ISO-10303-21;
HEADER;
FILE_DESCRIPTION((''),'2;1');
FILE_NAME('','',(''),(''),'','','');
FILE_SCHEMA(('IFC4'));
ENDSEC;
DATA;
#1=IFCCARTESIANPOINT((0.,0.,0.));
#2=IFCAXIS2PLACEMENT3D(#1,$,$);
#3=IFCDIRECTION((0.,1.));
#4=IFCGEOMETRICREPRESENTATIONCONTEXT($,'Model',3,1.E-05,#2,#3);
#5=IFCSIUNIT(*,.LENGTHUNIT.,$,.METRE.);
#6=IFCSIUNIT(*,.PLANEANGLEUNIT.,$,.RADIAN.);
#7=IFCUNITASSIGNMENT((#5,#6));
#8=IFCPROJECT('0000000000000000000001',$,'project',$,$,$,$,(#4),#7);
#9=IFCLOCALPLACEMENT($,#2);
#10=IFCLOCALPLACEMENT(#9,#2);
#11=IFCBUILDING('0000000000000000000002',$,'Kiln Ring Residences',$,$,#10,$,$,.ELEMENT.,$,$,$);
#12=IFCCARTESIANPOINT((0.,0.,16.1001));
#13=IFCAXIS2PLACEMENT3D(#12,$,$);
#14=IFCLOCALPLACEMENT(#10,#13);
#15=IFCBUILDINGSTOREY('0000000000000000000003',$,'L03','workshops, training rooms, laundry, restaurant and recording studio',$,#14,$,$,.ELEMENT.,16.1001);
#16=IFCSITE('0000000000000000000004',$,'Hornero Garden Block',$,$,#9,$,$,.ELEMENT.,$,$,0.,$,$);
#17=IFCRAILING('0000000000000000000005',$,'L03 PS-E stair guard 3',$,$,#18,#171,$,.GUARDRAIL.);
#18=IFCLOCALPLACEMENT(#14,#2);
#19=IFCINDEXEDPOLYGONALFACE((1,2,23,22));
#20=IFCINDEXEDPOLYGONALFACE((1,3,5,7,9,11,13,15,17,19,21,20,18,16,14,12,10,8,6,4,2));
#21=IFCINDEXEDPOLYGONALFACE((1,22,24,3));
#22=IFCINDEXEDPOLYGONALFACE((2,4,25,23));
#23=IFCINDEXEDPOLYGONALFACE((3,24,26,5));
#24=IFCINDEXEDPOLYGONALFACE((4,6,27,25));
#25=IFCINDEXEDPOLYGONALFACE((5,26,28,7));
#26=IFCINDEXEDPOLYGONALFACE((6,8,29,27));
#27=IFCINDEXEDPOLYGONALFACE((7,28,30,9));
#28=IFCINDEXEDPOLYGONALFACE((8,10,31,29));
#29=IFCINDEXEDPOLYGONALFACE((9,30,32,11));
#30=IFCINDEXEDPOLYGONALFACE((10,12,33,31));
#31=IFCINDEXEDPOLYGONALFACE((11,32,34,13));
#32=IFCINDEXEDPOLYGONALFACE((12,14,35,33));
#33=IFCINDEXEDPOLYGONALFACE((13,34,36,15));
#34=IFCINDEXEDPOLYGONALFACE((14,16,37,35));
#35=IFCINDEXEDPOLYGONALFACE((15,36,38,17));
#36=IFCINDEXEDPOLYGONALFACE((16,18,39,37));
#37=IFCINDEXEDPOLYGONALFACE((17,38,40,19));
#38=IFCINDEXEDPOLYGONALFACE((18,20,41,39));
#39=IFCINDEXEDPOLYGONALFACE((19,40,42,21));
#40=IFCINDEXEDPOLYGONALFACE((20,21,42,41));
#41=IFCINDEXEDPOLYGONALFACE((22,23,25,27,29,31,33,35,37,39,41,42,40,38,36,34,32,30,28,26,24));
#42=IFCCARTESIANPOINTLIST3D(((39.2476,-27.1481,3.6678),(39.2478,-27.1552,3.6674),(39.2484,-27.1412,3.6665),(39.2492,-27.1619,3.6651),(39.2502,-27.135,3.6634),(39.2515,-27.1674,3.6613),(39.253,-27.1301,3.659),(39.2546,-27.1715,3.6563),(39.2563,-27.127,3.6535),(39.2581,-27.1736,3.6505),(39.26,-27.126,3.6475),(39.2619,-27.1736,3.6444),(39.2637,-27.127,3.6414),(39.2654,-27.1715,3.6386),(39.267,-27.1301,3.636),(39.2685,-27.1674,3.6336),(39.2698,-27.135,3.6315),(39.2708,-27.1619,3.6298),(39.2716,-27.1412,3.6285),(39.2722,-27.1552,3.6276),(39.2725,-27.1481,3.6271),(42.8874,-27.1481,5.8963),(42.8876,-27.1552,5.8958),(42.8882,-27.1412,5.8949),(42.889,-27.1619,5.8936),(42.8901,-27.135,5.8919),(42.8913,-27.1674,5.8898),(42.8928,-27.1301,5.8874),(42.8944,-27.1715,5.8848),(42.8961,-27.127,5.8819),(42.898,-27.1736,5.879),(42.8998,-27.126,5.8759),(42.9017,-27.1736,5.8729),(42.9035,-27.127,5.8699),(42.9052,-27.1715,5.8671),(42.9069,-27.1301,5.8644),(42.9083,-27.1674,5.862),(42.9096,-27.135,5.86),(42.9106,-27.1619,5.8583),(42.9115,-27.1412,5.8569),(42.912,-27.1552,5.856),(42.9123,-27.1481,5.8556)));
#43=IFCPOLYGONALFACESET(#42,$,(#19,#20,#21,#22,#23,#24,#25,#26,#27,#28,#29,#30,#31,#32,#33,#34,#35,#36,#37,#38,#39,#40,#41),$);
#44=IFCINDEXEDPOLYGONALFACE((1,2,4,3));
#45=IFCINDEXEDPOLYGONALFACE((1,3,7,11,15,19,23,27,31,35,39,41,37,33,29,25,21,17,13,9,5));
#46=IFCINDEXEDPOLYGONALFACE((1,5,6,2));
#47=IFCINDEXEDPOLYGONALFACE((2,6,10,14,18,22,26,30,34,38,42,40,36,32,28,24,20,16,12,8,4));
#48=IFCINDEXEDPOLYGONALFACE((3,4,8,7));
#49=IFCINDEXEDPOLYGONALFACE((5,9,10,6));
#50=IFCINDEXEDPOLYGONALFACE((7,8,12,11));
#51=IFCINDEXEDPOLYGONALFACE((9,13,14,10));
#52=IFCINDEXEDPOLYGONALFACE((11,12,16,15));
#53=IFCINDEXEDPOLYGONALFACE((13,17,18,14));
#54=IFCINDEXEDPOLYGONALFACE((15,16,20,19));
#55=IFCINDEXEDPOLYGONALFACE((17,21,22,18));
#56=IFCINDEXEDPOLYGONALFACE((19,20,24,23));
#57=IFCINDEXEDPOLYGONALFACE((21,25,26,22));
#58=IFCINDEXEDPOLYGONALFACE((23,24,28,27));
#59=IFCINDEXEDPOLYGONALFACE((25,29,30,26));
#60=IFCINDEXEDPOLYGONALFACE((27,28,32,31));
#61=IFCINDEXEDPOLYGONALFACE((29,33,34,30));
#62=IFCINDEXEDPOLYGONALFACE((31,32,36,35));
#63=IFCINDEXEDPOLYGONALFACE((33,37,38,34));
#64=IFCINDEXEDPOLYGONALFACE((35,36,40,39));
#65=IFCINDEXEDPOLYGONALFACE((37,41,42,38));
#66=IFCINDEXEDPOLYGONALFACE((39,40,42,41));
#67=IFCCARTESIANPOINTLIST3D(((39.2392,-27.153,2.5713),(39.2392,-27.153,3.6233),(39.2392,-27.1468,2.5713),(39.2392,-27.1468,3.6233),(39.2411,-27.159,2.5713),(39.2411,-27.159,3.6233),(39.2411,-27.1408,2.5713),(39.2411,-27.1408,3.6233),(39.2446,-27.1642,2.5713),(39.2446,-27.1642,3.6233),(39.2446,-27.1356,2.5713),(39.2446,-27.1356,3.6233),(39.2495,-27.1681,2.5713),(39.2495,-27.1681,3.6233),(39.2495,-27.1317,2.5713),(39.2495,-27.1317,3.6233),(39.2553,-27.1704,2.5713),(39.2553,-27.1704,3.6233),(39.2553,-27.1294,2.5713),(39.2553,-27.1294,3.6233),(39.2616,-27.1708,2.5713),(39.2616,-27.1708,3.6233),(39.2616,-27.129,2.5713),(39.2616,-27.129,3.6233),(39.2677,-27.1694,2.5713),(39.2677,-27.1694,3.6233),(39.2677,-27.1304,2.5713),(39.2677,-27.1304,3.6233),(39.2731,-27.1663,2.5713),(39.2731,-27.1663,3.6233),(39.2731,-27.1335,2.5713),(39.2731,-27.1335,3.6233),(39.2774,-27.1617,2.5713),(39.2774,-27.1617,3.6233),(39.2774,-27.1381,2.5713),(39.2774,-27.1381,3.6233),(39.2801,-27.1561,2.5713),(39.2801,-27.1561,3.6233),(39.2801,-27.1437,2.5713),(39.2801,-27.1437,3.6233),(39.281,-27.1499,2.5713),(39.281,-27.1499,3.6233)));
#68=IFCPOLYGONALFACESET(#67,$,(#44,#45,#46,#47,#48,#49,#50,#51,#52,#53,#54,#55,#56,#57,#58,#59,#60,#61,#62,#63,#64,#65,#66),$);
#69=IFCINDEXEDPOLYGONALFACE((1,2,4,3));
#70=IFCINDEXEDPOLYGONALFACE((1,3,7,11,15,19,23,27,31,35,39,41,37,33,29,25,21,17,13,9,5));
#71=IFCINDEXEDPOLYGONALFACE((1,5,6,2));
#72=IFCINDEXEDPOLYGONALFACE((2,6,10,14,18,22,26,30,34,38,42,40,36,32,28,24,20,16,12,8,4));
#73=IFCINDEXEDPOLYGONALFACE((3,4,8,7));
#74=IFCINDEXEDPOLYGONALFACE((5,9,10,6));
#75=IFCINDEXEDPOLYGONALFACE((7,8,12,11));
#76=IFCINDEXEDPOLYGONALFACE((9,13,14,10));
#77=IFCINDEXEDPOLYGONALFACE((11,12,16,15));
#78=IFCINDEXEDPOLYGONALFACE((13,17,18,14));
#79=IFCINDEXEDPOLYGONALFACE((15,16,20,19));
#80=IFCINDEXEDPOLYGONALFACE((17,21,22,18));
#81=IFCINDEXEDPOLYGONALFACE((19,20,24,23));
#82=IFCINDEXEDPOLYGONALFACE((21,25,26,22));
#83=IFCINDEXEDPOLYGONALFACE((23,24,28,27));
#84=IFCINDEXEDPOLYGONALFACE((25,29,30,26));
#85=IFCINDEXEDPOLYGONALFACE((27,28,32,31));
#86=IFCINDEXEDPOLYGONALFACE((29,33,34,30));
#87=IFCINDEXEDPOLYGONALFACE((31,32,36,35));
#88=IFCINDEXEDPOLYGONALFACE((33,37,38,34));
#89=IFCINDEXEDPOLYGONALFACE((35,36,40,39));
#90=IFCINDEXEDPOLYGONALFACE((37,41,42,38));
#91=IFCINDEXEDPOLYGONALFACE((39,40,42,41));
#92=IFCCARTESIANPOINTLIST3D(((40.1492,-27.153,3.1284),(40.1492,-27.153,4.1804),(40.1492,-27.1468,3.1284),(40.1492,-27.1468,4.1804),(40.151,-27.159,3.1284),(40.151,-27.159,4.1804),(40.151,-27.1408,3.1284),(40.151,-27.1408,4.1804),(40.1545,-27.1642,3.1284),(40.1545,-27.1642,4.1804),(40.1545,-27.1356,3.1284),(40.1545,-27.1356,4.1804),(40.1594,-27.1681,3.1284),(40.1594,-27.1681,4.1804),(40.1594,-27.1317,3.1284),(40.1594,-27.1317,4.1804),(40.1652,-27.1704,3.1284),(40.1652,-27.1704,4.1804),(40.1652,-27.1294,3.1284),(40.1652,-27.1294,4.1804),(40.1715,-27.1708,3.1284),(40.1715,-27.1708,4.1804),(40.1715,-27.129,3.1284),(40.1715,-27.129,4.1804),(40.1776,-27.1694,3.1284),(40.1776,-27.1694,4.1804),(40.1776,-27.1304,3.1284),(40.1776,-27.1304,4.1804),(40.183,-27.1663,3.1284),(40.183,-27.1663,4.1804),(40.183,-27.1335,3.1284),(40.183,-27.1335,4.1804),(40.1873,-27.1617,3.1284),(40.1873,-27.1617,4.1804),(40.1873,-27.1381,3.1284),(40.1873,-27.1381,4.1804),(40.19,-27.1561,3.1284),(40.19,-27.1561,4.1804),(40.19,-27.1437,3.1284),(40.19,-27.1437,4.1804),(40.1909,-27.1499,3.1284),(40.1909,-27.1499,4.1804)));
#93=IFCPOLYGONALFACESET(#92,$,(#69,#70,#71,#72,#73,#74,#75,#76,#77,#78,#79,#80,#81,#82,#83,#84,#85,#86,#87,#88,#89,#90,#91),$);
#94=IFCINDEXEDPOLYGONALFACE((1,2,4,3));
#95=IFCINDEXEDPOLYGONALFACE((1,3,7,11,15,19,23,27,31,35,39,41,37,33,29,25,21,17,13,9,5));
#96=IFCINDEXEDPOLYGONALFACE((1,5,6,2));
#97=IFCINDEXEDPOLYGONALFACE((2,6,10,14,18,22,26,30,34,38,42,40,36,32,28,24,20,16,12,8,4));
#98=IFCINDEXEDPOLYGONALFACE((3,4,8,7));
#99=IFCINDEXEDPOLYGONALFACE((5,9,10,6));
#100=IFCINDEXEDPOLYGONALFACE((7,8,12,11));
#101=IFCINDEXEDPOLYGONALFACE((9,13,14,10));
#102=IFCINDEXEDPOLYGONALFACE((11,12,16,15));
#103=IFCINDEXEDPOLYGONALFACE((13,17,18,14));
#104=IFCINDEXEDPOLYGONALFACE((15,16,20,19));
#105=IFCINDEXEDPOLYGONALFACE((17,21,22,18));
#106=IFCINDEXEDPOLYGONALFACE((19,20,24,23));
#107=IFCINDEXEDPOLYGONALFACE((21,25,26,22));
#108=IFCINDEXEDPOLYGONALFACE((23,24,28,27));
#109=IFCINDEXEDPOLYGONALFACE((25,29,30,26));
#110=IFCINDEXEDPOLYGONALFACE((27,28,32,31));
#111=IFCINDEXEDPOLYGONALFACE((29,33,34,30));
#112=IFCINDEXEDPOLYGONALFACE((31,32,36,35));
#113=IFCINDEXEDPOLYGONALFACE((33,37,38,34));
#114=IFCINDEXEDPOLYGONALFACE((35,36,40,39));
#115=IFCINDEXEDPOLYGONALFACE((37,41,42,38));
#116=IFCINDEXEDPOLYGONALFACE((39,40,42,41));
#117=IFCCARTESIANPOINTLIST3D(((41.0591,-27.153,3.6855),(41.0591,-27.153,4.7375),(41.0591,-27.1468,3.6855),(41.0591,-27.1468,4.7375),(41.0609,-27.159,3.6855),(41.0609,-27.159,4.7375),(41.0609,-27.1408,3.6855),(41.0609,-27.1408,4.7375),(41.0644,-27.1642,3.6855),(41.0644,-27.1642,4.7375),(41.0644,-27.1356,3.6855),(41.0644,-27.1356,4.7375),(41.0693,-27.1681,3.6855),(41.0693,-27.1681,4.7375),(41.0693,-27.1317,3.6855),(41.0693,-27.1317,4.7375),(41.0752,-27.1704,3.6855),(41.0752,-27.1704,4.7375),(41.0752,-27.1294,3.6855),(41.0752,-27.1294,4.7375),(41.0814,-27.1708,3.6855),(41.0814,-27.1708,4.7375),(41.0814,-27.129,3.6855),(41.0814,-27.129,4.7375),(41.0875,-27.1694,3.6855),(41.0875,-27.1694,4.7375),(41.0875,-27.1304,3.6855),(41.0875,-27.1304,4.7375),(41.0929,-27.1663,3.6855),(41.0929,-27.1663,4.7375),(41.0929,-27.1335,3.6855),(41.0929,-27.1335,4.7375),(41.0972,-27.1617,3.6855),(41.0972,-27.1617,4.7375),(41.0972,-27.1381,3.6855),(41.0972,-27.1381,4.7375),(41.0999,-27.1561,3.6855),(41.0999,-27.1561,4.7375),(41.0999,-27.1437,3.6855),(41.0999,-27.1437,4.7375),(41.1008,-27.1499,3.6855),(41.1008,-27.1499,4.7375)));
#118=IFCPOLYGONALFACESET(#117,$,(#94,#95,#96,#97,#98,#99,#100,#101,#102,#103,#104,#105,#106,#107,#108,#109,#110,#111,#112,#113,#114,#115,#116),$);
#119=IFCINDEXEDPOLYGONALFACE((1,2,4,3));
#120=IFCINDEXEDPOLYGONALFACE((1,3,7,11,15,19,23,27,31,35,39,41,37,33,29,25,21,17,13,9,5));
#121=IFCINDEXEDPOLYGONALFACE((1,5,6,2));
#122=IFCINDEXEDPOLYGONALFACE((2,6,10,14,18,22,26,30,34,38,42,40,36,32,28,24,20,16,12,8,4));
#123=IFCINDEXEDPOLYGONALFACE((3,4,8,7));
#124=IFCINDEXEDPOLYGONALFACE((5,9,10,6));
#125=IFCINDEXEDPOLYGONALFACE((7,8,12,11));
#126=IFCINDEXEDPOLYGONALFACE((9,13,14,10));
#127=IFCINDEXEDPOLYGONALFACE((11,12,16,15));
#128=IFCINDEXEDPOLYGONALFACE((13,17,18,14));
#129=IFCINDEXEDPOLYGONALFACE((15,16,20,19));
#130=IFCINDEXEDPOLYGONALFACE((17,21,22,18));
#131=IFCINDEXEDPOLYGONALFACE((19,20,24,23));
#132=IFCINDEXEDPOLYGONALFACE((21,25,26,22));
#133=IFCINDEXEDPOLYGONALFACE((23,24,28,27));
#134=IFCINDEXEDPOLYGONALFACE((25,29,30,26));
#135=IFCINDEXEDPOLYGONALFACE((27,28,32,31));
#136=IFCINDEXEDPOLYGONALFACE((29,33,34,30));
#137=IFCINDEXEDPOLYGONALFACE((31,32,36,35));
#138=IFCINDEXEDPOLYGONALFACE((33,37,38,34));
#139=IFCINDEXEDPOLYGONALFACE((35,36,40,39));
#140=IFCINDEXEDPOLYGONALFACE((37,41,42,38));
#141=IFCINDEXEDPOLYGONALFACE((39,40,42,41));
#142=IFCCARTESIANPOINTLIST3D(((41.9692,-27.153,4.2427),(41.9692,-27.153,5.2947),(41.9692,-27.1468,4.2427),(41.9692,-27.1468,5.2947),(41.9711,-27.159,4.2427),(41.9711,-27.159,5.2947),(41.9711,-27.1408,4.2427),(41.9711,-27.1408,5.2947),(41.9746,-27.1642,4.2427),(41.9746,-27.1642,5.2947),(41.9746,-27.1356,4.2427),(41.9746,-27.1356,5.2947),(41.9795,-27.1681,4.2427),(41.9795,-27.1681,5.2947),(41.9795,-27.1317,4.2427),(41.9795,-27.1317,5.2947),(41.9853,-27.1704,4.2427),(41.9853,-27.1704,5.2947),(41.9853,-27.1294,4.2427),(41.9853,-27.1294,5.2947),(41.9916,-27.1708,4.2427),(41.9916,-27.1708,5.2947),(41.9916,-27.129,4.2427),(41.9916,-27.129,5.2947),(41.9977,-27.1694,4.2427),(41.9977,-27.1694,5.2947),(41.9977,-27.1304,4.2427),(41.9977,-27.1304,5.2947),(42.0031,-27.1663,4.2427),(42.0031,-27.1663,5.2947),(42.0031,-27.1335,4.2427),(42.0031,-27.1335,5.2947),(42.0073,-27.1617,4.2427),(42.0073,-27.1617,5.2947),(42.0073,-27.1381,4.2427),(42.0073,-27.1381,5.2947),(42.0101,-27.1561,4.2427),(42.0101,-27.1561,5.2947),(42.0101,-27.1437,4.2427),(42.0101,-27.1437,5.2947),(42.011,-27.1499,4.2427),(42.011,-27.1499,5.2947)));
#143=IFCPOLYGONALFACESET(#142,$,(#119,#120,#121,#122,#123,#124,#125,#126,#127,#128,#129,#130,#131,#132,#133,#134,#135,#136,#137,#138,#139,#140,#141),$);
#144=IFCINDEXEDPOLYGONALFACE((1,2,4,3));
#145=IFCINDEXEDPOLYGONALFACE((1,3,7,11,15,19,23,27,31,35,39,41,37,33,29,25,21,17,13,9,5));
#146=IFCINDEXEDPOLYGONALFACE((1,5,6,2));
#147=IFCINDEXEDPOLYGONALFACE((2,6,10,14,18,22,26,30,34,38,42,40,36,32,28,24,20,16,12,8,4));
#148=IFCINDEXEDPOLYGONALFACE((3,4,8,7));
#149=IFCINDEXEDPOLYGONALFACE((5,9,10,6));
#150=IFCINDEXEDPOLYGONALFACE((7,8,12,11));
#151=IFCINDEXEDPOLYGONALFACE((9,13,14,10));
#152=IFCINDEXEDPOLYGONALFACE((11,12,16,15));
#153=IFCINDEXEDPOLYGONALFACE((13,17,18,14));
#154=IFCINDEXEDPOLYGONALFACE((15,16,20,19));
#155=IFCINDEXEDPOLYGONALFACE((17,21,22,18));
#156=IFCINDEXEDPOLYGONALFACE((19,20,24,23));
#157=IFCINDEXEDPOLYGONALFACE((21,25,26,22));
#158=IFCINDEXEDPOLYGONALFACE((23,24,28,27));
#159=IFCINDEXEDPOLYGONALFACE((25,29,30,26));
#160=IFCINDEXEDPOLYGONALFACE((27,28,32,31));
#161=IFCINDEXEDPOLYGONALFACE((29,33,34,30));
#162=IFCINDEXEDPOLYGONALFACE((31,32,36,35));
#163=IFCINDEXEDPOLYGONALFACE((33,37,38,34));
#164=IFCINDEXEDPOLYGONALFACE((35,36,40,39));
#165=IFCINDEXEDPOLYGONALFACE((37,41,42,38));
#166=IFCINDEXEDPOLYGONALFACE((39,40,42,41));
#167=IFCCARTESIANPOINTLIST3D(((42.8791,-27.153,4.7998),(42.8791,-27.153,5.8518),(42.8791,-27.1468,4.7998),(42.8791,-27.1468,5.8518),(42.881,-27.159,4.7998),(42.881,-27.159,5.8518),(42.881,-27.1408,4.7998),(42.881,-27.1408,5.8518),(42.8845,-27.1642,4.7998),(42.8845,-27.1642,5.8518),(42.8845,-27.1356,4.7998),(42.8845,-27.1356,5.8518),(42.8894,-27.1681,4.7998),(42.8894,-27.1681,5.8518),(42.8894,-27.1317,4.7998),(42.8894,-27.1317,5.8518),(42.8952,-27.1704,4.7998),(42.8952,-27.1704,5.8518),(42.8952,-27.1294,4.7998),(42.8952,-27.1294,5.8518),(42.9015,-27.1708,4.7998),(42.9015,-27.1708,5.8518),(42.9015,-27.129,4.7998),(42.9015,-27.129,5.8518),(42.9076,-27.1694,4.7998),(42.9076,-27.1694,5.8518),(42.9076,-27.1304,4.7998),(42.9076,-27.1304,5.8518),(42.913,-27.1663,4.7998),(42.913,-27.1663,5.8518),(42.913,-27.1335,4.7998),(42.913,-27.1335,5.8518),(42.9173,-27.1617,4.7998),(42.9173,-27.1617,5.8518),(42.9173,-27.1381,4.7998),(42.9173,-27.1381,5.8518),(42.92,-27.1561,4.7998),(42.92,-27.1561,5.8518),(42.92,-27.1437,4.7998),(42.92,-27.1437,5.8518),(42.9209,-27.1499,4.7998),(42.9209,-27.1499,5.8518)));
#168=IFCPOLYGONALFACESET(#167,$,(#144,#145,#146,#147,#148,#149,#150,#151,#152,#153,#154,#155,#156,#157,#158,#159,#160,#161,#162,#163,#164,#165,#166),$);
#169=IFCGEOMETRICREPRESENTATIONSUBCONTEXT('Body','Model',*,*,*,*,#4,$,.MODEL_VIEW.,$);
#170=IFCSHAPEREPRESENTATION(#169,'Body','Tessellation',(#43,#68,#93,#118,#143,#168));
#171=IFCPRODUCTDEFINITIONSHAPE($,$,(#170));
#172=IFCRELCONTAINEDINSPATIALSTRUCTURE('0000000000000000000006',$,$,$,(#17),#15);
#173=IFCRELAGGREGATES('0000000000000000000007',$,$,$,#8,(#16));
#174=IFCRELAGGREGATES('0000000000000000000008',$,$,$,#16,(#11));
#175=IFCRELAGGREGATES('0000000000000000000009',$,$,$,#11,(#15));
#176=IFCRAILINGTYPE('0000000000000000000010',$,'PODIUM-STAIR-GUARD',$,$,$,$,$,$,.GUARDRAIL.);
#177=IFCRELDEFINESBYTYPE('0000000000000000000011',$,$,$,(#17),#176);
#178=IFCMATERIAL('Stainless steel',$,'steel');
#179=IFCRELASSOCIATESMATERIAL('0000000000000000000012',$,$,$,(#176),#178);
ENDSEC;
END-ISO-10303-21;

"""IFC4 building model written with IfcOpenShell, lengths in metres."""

from ifc_helpers import new_model, si_unit, direction, frame, origin, origin_2d, place, context, subcontext, project, spatial, circle, extrude, material, type_object, element, save


model = new_model("IFC4")

# Units and contexts
model_context = context("Model", 3, precision=1e-05, world=origin(), true_north=direction((0.0, 1.0)))
body_context = subcontext(model_context, "Body", "Model", "MODEL_VIEW")
ifc_project = project(units=[si_unit("LENGTHUNIT", "METRE"), si_unit("PLANEANGLEUNIT", "RADIAN")], contexts=[model_context])

# Site, building, storey
site_placement = place(None, origin())
site = spatial("IfcSite", under=ifc_project, at=site_placement, Name="Hornero Garden Block", CompositionType="ELEMENT", RefElevation=0.0)
building_placement = place(site_placement, origin())
building = spatial("IfcBuilding", under=site, at=building_placement, Name="Kiln Ring Residences", CompositionType="ELEMENT")
storey_placement = place(building_placement, frame((0.0, 0.0, 16.1001)))
storey = spatial("IfcBuildingStorey", under=building, at=storey_placement, Name="L03", Description="workshops, training rooms, laundry, restaurant and recording studio", CompositionType="ELEMENT", Elevation=16.1001)

# Railing
ifc_material_1 = material(Name="Stainless steel", Category="steel")
railing_type_1 = type_object("IfcRailingType", Name="PODIUM-STAIR-GUARD", PredefinedType="GUARDRAIL", material=ifc_material_1)
railing_1_placement = place(storey_placement, frame((39.26, -27.1499, 2.5713)))
element("IfcRailing", 1, at=railing_1_placement, inside=storey, type_object=railing_type_1, Name="L03 PS-E stair guard 3", PredefinedType="GUARDRAIL", context=body_context, shape_type="SweptSolid", body=[
    extrude(circle(Radius=0.0239, at=origin_2d()), frame((0.0, 0.0, 1.0762), z_axis=(0.85285, 0.0, 0.522156), x_axis=(0.0, 1.0, 0.0)), (0.0, 0.0, 1.0), 4.2678),
    extrude(circle(Radius=0.021, at=origin_2d()), origin(), (0.0, 0.0, 1.0), 1.052),
    extrude(circle(Radius=0.021, at=origin_2d()), frame((0.9099, 0.0, 0.5571)), (0.0, 0.0, 1.0), 1.052),
    extrude(circle(Radius=0.021, at=origin_2d()), frame((1.8198, 0.0, 1.1143)), (0.0, 0.0, 1.0), 1.052),
    extrude(circle(Radius=0.021, at=origin_2d()), frame((2.73, 0.0, 1.6714)), (0.0, 0.0, 1.0), 1.052),
    extrude(circle(Radius=0.021, at=origin_2d()), frame((3.6399, 0.0, 2.2285)), (0.0, 0.0, 1.0), 1.052),
])

save(model, "model.ifc")
